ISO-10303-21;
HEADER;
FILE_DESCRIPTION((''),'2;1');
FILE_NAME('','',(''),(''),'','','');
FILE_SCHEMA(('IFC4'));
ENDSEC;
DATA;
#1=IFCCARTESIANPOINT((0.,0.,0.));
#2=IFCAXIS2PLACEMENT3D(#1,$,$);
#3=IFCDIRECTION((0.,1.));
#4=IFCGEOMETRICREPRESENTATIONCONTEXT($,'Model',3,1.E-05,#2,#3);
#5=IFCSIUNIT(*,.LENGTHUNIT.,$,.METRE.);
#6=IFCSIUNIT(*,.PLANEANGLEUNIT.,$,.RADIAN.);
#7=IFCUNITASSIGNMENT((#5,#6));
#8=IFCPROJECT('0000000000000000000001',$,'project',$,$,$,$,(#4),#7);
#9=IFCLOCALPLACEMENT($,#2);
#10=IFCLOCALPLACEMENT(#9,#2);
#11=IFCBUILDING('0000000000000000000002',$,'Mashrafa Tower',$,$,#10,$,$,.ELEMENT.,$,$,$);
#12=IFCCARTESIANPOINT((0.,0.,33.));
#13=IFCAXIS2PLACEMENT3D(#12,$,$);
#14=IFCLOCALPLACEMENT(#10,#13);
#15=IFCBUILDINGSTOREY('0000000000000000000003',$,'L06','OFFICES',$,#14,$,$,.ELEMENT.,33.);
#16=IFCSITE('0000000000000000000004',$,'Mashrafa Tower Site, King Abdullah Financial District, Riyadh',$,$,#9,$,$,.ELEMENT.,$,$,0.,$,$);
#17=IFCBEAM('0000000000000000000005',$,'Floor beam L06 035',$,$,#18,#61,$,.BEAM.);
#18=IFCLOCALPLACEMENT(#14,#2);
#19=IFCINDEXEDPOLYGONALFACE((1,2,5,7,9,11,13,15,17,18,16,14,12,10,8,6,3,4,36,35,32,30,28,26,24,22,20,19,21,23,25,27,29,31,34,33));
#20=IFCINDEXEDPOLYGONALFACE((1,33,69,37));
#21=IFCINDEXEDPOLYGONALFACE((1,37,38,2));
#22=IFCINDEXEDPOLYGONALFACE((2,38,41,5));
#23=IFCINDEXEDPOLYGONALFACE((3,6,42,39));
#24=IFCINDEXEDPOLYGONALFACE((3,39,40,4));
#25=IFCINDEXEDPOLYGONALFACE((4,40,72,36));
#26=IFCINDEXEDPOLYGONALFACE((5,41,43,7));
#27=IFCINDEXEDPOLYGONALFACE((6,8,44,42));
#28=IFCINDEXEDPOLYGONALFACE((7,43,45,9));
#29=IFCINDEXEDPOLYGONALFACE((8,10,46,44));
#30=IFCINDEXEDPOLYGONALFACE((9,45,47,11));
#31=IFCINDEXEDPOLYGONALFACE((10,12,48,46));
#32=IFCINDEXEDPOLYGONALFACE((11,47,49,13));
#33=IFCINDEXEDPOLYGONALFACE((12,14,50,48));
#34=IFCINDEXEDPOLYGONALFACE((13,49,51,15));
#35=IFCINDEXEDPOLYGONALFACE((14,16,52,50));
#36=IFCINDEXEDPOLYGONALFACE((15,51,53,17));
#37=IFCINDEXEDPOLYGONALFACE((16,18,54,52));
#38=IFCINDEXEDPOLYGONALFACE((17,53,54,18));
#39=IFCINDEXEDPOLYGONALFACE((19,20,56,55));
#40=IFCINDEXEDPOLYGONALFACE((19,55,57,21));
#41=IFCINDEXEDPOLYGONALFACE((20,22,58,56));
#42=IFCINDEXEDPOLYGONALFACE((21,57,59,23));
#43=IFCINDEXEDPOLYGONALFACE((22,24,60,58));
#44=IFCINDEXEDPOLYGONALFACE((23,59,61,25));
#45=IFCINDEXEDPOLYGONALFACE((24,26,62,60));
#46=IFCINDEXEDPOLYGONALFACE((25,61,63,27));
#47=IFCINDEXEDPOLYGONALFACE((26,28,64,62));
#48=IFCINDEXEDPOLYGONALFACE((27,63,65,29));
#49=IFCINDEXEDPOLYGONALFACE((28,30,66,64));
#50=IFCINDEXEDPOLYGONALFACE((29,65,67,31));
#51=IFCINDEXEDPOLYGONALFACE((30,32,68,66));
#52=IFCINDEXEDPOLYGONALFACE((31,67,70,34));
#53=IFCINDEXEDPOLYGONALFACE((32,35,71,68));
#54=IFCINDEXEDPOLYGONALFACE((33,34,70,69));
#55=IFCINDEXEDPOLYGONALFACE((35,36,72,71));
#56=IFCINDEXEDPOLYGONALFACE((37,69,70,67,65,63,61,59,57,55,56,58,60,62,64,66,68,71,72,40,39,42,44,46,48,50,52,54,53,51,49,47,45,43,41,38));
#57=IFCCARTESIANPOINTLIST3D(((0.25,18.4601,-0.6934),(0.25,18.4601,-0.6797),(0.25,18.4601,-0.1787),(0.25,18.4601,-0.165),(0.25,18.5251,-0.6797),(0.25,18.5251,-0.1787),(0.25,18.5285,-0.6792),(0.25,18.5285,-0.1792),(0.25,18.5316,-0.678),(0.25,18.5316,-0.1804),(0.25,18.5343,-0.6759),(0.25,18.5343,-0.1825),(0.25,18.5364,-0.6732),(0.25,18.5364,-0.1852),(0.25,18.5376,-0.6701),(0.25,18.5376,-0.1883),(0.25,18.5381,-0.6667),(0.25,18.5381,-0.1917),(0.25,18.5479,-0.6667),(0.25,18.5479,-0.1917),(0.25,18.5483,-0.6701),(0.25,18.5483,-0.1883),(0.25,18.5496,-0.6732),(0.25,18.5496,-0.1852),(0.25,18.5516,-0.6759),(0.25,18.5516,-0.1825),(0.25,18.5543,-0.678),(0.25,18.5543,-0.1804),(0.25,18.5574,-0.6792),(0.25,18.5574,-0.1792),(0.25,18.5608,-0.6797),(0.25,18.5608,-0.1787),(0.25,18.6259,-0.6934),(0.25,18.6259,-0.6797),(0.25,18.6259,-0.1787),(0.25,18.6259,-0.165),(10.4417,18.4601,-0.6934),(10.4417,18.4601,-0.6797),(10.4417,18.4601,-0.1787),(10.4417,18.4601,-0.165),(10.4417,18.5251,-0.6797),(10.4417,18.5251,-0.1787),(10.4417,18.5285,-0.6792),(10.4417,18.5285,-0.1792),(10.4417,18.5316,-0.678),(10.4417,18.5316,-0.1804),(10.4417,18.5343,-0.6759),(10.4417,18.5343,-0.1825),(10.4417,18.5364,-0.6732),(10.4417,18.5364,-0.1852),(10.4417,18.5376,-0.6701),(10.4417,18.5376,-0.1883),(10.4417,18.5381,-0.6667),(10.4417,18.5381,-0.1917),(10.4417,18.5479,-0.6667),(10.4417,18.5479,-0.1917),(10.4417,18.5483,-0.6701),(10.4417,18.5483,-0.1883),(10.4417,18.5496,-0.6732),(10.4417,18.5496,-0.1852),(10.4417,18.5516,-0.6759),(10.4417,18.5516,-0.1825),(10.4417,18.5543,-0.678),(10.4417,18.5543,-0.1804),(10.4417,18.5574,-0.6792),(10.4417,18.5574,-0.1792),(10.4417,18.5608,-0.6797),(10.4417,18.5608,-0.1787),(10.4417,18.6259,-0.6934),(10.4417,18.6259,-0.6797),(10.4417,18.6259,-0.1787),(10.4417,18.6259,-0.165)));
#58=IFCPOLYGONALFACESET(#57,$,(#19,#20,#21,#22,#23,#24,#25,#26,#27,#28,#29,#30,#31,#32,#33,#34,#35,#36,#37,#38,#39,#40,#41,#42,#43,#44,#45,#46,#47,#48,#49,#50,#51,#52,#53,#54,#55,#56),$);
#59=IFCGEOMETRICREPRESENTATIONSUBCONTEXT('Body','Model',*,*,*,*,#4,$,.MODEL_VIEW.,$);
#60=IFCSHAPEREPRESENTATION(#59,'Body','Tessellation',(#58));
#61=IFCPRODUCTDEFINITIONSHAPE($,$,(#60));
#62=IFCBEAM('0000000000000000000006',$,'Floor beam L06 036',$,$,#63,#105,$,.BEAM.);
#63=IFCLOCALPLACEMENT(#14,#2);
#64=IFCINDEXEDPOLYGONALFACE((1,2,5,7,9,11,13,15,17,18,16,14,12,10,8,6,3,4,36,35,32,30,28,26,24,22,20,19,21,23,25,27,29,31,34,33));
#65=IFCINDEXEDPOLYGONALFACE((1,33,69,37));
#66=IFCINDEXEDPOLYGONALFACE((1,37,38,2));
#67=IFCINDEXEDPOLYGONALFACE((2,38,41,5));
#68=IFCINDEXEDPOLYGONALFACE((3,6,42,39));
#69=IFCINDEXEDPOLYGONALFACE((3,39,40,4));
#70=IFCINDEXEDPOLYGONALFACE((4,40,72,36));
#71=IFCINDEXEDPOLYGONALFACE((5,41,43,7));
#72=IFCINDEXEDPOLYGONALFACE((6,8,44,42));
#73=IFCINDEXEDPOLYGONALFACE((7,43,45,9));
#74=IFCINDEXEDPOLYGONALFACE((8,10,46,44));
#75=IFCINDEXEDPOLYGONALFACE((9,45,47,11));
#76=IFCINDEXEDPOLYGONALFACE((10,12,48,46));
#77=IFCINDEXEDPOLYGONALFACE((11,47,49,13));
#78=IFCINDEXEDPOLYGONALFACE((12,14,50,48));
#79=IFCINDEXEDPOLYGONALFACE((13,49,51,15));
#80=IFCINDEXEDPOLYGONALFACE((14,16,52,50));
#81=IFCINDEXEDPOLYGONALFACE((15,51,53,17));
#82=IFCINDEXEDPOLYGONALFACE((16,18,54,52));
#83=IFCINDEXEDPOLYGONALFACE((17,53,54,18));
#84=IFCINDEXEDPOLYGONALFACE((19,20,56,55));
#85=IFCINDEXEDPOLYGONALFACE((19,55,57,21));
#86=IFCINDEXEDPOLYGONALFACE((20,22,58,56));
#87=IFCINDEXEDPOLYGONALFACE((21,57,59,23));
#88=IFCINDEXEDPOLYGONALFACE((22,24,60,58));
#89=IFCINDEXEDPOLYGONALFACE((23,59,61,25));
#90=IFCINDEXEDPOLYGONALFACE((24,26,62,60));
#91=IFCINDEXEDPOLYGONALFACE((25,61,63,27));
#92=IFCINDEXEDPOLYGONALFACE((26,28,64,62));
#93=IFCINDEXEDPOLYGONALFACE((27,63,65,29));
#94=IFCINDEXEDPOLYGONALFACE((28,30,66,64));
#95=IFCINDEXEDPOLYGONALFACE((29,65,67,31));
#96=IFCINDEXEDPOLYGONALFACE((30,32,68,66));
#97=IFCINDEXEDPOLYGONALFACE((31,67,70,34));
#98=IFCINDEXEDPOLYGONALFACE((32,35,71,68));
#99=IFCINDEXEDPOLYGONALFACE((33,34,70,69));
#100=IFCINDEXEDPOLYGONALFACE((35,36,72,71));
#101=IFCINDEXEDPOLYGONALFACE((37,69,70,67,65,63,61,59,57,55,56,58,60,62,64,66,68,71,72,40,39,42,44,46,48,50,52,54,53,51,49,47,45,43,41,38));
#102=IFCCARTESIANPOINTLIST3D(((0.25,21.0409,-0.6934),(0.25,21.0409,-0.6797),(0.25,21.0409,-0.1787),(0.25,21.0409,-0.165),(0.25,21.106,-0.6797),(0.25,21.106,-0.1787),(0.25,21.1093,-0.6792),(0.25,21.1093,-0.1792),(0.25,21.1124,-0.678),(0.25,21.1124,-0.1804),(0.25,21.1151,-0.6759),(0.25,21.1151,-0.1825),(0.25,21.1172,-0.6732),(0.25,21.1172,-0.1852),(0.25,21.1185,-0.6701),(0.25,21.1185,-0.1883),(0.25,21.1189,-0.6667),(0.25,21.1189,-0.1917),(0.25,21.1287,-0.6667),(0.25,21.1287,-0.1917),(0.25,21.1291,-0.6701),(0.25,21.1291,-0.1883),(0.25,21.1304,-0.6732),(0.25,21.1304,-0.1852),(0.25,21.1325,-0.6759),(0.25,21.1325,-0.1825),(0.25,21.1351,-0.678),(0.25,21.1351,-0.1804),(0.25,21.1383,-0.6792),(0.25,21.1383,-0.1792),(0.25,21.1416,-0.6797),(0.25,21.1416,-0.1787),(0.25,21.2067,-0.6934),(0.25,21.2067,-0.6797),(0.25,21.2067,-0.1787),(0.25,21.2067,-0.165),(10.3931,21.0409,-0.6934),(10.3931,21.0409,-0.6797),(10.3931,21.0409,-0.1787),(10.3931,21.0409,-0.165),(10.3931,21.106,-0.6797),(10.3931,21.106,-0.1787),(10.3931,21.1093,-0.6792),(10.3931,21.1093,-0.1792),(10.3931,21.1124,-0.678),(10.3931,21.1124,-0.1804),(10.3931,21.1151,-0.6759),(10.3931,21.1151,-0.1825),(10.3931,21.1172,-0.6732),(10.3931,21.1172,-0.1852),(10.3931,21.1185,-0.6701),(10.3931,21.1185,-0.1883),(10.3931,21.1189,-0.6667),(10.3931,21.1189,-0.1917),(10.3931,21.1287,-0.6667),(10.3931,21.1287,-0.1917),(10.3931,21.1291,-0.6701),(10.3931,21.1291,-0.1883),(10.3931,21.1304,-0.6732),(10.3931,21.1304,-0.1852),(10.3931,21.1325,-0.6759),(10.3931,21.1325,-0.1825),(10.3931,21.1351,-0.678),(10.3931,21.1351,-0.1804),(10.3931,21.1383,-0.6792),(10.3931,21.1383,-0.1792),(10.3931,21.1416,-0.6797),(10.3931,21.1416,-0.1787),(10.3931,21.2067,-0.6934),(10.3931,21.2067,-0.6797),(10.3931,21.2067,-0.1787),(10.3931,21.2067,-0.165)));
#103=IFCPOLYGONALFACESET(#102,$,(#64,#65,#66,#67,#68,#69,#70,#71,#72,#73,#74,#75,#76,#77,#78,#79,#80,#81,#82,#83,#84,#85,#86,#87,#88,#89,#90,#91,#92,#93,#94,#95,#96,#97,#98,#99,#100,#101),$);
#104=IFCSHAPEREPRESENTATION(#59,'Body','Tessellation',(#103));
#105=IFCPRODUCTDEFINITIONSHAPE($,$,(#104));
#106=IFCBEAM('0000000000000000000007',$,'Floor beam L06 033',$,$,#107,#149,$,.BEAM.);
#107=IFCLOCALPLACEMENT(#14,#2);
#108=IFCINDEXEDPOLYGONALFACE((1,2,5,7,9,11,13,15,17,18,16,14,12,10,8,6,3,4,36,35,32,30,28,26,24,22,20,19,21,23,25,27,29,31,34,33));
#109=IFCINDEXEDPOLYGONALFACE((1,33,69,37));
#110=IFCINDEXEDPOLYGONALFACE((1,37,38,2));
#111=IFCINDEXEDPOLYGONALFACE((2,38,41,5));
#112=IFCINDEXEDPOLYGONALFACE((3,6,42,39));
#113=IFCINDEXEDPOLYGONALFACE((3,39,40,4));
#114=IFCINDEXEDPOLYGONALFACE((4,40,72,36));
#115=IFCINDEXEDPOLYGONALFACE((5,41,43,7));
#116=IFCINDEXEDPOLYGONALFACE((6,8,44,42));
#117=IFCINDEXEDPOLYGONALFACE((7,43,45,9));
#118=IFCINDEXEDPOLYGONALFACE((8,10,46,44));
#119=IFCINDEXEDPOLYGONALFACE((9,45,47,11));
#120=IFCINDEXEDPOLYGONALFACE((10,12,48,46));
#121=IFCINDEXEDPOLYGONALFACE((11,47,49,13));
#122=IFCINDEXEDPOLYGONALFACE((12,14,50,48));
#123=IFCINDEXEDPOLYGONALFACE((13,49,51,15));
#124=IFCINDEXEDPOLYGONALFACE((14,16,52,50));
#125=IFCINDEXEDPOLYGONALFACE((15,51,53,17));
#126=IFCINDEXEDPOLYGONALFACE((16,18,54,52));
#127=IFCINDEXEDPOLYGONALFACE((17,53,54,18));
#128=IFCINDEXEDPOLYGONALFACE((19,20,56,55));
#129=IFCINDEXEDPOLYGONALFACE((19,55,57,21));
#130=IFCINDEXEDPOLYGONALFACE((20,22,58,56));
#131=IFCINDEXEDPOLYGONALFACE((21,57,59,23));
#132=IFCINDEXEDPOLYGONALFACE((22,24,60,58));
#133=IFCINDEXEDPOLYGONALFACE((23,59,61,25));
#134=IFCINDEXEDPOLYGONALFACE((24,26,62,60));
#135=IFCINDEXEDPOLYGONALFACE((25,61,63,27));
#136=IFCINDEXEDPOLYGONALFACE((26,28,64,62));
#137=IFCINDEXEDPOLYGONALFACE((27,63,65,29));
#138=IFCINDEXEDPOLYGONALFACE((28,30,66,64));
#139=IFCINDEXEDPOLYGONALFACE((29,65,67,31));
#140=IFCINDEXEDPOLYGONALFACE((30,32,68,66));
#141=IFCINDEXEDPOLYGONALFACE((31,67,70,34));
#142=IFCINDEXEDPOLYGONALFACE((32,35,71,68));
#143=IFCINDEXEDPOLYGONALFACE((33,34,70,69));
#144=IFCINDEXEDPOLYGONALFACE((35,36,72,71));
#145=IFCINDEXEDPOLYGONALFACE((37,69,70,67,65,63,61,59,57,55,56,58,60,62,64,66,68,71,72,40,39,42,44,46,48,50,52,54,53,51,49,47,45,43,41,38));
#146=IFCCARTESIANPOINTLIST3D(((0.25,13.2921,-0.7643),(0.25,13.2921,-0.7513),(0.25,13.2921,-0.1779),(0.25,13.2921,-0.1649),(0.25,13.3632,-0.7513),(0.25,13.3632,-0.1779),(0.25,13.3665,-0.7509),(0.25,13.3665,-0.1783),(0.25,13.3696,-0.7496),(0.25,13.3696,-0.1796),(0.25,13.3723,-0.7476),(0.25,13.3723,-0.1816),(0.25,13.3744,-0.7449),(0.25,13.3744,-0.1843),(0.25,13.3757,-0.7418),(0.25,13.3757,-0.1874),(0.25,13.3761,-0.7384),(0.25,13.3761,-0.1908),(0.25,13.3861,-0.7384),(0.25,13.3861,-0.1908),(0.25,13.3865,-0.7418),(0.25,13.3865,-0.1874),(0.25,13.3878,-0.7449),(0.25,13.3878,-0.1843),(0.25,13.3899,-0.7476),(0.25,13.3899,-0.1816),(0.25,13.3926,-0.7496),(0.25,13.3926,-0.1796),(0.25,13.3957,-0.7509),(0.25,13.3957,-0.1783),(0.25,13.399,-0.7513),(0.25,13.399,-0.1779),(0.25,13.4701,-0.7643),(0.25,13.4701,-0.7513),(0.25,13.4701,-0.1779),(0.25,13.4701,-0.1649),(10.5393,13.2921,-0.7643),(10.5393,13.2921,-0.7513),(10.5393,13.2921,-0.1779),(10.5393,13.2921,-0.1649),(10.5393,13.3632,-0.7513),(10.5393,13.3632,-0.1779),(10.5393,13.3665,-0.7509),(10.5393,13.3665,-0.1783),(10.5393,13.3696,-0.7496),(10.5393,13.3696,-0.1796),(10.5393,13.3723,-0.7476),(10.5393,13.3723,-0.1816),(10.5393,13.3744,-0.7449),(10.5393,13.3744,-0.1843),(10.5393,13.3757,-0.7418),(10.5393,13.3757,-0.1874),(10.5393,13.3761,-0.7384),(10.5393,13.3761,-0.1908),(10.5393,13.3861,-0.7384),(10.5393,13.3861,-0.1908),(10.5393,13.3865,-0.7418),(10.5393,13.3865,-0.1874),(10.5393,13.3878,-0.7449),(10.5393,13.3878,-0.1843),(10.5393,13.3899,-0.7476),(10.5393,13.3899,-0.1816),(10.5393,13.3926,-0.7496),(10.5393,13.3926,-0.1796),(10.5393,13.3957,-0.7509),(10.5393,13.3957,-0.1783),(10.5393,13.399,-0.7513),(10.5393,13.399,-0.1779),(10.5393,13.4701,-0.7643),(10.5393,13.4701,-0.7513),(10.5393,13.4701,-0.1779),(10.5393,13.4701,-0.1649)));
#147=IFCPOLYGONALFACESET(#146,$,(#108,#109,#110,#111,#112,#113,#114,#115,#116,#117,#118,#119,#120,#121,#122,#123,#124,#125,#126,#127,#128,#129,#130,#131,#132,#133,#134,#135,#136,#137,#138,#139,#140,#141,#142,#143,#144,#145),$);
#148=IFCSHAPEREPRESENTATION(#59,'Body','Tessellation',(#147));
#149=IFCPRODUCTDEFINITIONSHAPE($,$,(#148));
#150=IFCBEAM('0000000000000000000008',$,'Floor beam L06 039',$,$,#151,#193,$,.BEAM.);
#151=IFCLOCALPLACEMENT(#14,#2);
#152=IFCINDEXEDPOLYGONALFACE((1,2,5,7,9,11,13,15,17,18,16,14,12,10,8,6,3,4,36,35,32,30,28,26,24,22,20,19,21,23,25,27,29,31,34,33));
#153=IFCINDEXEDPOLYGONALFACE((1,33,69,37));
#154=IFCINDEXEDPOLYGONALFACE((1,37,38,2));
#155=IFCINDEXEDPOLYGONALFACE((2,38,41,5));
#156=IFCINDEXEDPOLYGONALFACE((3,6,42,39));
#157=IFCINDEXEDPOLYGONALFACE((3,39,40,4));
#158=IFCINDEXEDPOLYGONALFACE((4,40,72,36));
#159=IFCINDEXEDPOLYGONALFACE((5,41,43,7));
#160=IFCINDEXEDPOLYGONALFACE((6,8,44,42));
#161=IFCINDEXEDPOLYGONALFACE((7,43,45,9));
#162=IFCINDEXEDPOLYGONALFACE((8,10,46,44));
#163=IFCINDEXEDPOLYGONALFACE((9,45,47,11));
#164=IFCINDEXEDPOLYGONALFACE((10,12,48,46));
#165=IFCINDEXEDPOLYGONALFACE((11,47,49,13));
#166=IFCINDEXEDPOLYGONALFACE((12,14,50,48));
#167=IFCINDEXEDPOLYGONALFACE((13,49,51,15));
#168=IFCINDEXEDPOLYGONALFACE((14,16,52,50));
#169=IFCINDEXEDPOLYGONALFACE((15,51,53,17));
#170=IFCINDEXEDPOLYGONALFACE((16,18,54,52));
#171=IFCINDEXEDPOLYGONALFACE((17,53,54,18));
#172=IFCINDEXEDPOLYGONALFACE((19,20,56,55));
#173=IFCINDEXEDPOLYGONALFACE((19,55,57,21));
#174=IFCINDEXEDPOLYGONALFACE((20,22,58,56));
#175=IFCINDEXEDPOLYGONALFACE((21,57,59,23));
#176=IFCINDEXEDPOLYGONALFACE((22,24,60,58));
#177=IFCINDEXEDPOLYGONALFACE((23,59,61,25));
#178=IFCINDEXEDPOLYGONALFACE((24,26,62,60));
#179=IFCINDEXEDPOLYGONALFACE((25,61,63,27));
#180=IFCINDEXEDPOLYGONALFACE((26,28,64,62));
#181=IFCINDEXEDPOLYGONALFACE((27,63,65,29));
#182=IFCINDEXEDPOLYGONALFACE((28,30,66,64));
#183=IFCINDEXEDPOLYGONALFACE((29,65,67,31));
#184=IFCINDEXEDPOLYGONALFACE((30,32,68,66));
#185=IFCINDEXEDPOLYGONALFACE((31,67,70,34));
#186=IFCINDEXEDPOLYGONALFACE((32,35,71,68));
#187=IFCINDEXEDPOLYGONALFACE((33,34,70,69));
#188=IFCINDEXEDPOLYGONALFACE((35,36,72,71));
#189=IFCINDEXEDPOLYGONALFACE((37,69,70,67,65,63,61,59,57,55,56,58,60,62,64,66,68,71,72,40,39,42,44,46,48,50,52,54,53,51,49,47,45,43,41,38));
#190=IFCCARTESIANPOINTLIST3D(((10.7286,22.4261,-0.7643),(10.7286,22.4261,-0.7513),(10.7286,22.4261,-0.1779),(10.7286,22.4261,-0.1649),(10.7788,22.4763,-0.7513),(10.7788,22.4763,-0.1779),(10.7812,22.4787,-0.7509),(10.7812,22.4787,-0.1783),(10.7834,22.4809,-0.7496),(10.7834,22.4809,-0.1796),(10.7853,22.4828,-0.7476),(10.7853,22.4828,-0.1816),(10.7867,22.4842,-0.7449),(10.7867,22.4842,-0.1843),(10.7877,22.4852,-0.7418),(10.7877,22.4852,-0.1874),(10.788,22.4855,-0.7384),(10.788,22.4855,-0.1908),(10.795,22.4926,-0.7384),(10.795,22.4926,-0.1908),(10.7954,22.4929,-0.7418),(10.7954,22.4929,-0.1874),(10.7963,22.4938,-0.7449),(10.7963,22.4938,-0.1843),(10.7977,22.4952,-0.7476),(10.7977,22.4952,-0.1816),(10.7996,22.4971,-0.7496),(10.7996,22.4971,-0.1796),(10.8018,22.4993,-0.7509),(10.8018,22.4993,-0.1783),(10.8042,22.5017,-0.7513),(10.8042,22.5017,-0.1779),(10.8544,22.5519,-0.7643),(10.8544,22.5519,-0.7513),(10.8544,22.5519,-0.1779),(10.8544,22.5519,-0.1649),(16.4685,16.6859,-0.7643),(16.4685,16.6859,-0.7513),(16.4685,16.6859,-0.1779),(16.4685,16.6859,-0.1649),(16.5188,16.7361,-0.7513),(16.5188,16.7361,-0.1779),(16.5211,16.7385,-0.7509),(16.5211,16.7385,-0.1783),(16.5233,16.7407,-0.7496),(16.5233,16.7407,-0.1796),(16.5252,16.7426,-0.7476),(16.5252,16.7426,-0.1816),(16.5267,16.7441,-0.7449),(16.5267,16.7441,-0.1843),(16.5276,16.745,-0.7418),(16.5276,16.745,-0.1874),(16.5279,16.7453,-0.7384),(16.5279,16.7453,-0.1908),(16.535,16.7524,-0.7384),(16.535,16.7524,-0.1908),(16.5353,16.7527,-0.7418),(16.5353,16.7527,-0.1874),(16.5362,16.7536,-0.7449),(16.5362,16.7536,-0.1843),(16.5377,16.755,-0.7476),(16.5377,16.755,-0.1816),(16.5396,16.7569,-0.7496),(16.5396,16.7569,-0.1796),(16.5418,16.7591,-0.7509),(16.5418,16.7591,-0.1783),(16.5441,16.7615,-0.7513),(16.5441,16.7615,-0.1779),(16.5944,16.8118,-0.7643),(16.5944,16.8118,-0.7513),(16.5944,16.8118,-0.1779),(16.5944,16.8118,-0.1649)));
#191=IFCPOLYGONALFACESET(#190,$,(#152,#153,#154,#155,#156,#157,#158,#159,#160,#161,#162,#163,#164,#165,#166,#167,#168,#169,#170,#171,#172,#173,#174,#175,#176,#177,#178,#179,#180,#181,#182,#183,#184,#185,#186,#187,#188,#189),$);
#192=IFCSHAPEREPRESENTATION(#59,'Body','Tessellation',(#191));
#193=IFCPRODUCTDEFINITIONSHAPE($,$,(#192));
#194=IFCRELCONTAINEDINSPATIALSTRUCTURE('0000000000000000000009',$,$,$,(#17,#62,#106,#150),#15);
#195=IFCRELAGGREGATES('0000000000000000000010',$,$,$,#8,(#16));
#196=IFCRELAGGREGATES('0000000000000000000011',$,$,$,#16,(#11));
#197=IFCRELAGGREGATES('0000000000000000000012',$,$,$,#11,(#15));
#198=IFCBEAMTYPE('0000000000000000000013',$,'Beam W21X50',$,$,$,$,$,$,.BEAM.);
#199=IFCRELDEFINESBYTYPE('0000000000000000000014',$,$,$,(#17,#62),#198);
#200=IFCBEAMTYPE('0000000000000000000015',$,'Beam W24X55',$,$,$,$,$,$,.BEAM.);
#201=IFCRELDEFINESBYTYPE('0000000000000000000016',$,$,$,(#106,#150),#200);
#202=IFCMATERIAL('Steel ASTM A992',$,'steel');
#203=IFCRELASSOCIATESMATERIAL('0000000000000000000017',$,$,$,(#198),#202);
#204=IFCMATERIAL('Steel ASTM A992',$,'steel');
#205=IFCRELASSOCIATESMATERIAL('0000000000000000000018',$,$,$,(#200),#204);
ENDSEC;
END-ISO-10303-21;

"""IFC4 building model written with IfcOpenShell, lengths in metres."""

from ifc_helpers import new_model, si_unit, direction, frame, origin, origin_2d, place, context, subcontext, project, spatial, i_section, extrude, material, material_profile, profile_set, type_object, element, save


model = new_model("IFC4")

# Units and contexts
model_context = context("Model", 3, precision=1e-05, world=origin(), true_north=direction((0.0, 1.0)))
body_context = subcontext(model_context, "Body", "Model", "MODEL_VIEW")
ifc_project = project(units=[si_unit("LENGTHUNIT", "METRE"), si_unit("PLANEANGLEUNIT", "RADIAN")], contexts=[model_context])

# Site, building, storey
site_placement = place(None, origin())
site = spatial("IfcSite", under=ifc_project, at=site_placement, Name="Mashrafa Tower Site, King Abdullah Financial District, Riyadh", CompositionType="ELEMENT", RefElevation=0.0)
building_placement = place(site_placement, origin())
building = spatial("IfcBuilding", under=site, at=building_placement, Name="Mashrafa Tower", CompositionType="ELEMENT")
storey_placement = place(building_placement, frame((0.0, 0.0, 33.0)))
storey = spatial("IfcBuildingStorey", under=building, at=storey_placement, Name="L06", Description="OFFICES", CompositionType="ELEMENT", Elevation=33.0)

# Beams
ifc_material_1 = material(Name="Steel ASTM A992", Category="steel")
ifc_material_profile_1 = material_profile(ifc_material_1, i_section(OverallWidth=0.1658, OverallDepth=0.5283, WebThickness=0.0098, FlangeThickness=0.0137, FilletRadius=0.0129, at=origin_2d()), Name="W21X50")
ifc_profile_set_1 = profile_set([ifc_material_profile_1], Name="Steel ASTM A992")
beam_type_1 = type_object("IfcBeamType", Name="Beam W21X50", PredefinedType="BEAM", material=ifc_profile_set_1)
beam_1_placement = place(storey_placement, frame((0.25, 18.543, -0.4292), z_axis=(1.0, 0.0, 0.0), x_axis=(0.0, 1.0, 0.0)))
element("IfcBeam", 1, at=beam_1_placement, inside=storey, type_object=beam_type_1, Name="Floor beam L06 035", PredefinedType="BEAM", context=body_context, shape_type="SweptSolid", body=[
    extrude(i_section(OverallWidth=0.1658, OverallDepth=0.5283, WebThickness=0.0098, FlangeThickness=0.0137, FilletRadius=0.0129, at=origin_2d()), origin(), (0.0, 0.0, 1.0), 10.1917),
])
beam_2_placement = place(storey_placement, frame((0.25, 21.1238, -0.4292), z_axis=(1.0, 0.0, 0.0), x_axis=(0.0, 1.0, 0.0)))
element("IfcBeam", 2, at=beam_2_placement, inside=storey, type_object=beam_type_1, Name="Floor beam L06 036", PredefinedType="BEAM", context=body_context, shape_type="SweptSolid", body=[
    extrude(i_section(OverallWidth=0.1658, OverallDepth=0.5283, WebThickness=0.0098, FlangeThickness=0.0137, FilletRadius=0.0129, at=origin_2d()), origin(), (0.0, 0.0, 1.0), 10.1431),
])
ifc_material_2 = material(Name="Steel ASTM A992", Category="steel")
ifc_material_profile_2 = material_profile(ifc_material_2, i_section(OverallWidth=0.178, OverallDepth=0.5994, WebThickness=0.01, FlangeThickness=0.0129, FilletRadius=0.0129, at=origin_2d()), Name="W24X55")
ifc_profile_set_2 = profile_set([ifc_material_profile_2], Name="Steel ASTM A992")
beam_type_2 = type_object("IfcBeamType", Name="Beam W24X55", PredefinedType="BEAM", material=ifc_profile_set_2)
beam_3_placement = place(storey_placement, frame((0.25, 13.3811, -0.4646), z_axis=(1.0, 0.0, 0.0), x_axis=(0.0, 1.0, 0.0)))
element("IfcBeam", 3, at=beam_3_placement, inside=storey, type_object=beam_type_2, Name="Floor beam L06 033", PredefinedType="BEAM", context=body_context, shape_type="SweptSolid", body=[
    extrude(i_section(OverallWidth=0.178, OverallDepth=0.5994, WebThickness=0.01, FlangeThickness=0.0129, FilletRadius=0.0129, at=origin_2d()), origin(), (0.0, 0.0, 1.0), 10.2893),
])
beam_4_placement = place(storey_placement, frame((10.7915, 22.489, -0.4646), z_axis=(0.707092, -0.707122, 0.0), x_axis=(0.707122, 0.707092, 0.0)))
element("IfcBeam", 4, at=beam_4_placement, inside=storey, type_object=beam_type_2, Name="Floor beam L06 039", PredefinedType="BEAM", context=body_context, shape_type="SweptSolid", body=[
    extrude(i_section(OverallWidth=0.178, OverallDepth=0.5994, WebThickness=0.01, FlangeThickness=0.0129, FilletRadius=0.0129, at=origin_2d()), origin(), (0.0, 0.0, 1.0), 8.1177),
])

save(model, "model.ifc")
